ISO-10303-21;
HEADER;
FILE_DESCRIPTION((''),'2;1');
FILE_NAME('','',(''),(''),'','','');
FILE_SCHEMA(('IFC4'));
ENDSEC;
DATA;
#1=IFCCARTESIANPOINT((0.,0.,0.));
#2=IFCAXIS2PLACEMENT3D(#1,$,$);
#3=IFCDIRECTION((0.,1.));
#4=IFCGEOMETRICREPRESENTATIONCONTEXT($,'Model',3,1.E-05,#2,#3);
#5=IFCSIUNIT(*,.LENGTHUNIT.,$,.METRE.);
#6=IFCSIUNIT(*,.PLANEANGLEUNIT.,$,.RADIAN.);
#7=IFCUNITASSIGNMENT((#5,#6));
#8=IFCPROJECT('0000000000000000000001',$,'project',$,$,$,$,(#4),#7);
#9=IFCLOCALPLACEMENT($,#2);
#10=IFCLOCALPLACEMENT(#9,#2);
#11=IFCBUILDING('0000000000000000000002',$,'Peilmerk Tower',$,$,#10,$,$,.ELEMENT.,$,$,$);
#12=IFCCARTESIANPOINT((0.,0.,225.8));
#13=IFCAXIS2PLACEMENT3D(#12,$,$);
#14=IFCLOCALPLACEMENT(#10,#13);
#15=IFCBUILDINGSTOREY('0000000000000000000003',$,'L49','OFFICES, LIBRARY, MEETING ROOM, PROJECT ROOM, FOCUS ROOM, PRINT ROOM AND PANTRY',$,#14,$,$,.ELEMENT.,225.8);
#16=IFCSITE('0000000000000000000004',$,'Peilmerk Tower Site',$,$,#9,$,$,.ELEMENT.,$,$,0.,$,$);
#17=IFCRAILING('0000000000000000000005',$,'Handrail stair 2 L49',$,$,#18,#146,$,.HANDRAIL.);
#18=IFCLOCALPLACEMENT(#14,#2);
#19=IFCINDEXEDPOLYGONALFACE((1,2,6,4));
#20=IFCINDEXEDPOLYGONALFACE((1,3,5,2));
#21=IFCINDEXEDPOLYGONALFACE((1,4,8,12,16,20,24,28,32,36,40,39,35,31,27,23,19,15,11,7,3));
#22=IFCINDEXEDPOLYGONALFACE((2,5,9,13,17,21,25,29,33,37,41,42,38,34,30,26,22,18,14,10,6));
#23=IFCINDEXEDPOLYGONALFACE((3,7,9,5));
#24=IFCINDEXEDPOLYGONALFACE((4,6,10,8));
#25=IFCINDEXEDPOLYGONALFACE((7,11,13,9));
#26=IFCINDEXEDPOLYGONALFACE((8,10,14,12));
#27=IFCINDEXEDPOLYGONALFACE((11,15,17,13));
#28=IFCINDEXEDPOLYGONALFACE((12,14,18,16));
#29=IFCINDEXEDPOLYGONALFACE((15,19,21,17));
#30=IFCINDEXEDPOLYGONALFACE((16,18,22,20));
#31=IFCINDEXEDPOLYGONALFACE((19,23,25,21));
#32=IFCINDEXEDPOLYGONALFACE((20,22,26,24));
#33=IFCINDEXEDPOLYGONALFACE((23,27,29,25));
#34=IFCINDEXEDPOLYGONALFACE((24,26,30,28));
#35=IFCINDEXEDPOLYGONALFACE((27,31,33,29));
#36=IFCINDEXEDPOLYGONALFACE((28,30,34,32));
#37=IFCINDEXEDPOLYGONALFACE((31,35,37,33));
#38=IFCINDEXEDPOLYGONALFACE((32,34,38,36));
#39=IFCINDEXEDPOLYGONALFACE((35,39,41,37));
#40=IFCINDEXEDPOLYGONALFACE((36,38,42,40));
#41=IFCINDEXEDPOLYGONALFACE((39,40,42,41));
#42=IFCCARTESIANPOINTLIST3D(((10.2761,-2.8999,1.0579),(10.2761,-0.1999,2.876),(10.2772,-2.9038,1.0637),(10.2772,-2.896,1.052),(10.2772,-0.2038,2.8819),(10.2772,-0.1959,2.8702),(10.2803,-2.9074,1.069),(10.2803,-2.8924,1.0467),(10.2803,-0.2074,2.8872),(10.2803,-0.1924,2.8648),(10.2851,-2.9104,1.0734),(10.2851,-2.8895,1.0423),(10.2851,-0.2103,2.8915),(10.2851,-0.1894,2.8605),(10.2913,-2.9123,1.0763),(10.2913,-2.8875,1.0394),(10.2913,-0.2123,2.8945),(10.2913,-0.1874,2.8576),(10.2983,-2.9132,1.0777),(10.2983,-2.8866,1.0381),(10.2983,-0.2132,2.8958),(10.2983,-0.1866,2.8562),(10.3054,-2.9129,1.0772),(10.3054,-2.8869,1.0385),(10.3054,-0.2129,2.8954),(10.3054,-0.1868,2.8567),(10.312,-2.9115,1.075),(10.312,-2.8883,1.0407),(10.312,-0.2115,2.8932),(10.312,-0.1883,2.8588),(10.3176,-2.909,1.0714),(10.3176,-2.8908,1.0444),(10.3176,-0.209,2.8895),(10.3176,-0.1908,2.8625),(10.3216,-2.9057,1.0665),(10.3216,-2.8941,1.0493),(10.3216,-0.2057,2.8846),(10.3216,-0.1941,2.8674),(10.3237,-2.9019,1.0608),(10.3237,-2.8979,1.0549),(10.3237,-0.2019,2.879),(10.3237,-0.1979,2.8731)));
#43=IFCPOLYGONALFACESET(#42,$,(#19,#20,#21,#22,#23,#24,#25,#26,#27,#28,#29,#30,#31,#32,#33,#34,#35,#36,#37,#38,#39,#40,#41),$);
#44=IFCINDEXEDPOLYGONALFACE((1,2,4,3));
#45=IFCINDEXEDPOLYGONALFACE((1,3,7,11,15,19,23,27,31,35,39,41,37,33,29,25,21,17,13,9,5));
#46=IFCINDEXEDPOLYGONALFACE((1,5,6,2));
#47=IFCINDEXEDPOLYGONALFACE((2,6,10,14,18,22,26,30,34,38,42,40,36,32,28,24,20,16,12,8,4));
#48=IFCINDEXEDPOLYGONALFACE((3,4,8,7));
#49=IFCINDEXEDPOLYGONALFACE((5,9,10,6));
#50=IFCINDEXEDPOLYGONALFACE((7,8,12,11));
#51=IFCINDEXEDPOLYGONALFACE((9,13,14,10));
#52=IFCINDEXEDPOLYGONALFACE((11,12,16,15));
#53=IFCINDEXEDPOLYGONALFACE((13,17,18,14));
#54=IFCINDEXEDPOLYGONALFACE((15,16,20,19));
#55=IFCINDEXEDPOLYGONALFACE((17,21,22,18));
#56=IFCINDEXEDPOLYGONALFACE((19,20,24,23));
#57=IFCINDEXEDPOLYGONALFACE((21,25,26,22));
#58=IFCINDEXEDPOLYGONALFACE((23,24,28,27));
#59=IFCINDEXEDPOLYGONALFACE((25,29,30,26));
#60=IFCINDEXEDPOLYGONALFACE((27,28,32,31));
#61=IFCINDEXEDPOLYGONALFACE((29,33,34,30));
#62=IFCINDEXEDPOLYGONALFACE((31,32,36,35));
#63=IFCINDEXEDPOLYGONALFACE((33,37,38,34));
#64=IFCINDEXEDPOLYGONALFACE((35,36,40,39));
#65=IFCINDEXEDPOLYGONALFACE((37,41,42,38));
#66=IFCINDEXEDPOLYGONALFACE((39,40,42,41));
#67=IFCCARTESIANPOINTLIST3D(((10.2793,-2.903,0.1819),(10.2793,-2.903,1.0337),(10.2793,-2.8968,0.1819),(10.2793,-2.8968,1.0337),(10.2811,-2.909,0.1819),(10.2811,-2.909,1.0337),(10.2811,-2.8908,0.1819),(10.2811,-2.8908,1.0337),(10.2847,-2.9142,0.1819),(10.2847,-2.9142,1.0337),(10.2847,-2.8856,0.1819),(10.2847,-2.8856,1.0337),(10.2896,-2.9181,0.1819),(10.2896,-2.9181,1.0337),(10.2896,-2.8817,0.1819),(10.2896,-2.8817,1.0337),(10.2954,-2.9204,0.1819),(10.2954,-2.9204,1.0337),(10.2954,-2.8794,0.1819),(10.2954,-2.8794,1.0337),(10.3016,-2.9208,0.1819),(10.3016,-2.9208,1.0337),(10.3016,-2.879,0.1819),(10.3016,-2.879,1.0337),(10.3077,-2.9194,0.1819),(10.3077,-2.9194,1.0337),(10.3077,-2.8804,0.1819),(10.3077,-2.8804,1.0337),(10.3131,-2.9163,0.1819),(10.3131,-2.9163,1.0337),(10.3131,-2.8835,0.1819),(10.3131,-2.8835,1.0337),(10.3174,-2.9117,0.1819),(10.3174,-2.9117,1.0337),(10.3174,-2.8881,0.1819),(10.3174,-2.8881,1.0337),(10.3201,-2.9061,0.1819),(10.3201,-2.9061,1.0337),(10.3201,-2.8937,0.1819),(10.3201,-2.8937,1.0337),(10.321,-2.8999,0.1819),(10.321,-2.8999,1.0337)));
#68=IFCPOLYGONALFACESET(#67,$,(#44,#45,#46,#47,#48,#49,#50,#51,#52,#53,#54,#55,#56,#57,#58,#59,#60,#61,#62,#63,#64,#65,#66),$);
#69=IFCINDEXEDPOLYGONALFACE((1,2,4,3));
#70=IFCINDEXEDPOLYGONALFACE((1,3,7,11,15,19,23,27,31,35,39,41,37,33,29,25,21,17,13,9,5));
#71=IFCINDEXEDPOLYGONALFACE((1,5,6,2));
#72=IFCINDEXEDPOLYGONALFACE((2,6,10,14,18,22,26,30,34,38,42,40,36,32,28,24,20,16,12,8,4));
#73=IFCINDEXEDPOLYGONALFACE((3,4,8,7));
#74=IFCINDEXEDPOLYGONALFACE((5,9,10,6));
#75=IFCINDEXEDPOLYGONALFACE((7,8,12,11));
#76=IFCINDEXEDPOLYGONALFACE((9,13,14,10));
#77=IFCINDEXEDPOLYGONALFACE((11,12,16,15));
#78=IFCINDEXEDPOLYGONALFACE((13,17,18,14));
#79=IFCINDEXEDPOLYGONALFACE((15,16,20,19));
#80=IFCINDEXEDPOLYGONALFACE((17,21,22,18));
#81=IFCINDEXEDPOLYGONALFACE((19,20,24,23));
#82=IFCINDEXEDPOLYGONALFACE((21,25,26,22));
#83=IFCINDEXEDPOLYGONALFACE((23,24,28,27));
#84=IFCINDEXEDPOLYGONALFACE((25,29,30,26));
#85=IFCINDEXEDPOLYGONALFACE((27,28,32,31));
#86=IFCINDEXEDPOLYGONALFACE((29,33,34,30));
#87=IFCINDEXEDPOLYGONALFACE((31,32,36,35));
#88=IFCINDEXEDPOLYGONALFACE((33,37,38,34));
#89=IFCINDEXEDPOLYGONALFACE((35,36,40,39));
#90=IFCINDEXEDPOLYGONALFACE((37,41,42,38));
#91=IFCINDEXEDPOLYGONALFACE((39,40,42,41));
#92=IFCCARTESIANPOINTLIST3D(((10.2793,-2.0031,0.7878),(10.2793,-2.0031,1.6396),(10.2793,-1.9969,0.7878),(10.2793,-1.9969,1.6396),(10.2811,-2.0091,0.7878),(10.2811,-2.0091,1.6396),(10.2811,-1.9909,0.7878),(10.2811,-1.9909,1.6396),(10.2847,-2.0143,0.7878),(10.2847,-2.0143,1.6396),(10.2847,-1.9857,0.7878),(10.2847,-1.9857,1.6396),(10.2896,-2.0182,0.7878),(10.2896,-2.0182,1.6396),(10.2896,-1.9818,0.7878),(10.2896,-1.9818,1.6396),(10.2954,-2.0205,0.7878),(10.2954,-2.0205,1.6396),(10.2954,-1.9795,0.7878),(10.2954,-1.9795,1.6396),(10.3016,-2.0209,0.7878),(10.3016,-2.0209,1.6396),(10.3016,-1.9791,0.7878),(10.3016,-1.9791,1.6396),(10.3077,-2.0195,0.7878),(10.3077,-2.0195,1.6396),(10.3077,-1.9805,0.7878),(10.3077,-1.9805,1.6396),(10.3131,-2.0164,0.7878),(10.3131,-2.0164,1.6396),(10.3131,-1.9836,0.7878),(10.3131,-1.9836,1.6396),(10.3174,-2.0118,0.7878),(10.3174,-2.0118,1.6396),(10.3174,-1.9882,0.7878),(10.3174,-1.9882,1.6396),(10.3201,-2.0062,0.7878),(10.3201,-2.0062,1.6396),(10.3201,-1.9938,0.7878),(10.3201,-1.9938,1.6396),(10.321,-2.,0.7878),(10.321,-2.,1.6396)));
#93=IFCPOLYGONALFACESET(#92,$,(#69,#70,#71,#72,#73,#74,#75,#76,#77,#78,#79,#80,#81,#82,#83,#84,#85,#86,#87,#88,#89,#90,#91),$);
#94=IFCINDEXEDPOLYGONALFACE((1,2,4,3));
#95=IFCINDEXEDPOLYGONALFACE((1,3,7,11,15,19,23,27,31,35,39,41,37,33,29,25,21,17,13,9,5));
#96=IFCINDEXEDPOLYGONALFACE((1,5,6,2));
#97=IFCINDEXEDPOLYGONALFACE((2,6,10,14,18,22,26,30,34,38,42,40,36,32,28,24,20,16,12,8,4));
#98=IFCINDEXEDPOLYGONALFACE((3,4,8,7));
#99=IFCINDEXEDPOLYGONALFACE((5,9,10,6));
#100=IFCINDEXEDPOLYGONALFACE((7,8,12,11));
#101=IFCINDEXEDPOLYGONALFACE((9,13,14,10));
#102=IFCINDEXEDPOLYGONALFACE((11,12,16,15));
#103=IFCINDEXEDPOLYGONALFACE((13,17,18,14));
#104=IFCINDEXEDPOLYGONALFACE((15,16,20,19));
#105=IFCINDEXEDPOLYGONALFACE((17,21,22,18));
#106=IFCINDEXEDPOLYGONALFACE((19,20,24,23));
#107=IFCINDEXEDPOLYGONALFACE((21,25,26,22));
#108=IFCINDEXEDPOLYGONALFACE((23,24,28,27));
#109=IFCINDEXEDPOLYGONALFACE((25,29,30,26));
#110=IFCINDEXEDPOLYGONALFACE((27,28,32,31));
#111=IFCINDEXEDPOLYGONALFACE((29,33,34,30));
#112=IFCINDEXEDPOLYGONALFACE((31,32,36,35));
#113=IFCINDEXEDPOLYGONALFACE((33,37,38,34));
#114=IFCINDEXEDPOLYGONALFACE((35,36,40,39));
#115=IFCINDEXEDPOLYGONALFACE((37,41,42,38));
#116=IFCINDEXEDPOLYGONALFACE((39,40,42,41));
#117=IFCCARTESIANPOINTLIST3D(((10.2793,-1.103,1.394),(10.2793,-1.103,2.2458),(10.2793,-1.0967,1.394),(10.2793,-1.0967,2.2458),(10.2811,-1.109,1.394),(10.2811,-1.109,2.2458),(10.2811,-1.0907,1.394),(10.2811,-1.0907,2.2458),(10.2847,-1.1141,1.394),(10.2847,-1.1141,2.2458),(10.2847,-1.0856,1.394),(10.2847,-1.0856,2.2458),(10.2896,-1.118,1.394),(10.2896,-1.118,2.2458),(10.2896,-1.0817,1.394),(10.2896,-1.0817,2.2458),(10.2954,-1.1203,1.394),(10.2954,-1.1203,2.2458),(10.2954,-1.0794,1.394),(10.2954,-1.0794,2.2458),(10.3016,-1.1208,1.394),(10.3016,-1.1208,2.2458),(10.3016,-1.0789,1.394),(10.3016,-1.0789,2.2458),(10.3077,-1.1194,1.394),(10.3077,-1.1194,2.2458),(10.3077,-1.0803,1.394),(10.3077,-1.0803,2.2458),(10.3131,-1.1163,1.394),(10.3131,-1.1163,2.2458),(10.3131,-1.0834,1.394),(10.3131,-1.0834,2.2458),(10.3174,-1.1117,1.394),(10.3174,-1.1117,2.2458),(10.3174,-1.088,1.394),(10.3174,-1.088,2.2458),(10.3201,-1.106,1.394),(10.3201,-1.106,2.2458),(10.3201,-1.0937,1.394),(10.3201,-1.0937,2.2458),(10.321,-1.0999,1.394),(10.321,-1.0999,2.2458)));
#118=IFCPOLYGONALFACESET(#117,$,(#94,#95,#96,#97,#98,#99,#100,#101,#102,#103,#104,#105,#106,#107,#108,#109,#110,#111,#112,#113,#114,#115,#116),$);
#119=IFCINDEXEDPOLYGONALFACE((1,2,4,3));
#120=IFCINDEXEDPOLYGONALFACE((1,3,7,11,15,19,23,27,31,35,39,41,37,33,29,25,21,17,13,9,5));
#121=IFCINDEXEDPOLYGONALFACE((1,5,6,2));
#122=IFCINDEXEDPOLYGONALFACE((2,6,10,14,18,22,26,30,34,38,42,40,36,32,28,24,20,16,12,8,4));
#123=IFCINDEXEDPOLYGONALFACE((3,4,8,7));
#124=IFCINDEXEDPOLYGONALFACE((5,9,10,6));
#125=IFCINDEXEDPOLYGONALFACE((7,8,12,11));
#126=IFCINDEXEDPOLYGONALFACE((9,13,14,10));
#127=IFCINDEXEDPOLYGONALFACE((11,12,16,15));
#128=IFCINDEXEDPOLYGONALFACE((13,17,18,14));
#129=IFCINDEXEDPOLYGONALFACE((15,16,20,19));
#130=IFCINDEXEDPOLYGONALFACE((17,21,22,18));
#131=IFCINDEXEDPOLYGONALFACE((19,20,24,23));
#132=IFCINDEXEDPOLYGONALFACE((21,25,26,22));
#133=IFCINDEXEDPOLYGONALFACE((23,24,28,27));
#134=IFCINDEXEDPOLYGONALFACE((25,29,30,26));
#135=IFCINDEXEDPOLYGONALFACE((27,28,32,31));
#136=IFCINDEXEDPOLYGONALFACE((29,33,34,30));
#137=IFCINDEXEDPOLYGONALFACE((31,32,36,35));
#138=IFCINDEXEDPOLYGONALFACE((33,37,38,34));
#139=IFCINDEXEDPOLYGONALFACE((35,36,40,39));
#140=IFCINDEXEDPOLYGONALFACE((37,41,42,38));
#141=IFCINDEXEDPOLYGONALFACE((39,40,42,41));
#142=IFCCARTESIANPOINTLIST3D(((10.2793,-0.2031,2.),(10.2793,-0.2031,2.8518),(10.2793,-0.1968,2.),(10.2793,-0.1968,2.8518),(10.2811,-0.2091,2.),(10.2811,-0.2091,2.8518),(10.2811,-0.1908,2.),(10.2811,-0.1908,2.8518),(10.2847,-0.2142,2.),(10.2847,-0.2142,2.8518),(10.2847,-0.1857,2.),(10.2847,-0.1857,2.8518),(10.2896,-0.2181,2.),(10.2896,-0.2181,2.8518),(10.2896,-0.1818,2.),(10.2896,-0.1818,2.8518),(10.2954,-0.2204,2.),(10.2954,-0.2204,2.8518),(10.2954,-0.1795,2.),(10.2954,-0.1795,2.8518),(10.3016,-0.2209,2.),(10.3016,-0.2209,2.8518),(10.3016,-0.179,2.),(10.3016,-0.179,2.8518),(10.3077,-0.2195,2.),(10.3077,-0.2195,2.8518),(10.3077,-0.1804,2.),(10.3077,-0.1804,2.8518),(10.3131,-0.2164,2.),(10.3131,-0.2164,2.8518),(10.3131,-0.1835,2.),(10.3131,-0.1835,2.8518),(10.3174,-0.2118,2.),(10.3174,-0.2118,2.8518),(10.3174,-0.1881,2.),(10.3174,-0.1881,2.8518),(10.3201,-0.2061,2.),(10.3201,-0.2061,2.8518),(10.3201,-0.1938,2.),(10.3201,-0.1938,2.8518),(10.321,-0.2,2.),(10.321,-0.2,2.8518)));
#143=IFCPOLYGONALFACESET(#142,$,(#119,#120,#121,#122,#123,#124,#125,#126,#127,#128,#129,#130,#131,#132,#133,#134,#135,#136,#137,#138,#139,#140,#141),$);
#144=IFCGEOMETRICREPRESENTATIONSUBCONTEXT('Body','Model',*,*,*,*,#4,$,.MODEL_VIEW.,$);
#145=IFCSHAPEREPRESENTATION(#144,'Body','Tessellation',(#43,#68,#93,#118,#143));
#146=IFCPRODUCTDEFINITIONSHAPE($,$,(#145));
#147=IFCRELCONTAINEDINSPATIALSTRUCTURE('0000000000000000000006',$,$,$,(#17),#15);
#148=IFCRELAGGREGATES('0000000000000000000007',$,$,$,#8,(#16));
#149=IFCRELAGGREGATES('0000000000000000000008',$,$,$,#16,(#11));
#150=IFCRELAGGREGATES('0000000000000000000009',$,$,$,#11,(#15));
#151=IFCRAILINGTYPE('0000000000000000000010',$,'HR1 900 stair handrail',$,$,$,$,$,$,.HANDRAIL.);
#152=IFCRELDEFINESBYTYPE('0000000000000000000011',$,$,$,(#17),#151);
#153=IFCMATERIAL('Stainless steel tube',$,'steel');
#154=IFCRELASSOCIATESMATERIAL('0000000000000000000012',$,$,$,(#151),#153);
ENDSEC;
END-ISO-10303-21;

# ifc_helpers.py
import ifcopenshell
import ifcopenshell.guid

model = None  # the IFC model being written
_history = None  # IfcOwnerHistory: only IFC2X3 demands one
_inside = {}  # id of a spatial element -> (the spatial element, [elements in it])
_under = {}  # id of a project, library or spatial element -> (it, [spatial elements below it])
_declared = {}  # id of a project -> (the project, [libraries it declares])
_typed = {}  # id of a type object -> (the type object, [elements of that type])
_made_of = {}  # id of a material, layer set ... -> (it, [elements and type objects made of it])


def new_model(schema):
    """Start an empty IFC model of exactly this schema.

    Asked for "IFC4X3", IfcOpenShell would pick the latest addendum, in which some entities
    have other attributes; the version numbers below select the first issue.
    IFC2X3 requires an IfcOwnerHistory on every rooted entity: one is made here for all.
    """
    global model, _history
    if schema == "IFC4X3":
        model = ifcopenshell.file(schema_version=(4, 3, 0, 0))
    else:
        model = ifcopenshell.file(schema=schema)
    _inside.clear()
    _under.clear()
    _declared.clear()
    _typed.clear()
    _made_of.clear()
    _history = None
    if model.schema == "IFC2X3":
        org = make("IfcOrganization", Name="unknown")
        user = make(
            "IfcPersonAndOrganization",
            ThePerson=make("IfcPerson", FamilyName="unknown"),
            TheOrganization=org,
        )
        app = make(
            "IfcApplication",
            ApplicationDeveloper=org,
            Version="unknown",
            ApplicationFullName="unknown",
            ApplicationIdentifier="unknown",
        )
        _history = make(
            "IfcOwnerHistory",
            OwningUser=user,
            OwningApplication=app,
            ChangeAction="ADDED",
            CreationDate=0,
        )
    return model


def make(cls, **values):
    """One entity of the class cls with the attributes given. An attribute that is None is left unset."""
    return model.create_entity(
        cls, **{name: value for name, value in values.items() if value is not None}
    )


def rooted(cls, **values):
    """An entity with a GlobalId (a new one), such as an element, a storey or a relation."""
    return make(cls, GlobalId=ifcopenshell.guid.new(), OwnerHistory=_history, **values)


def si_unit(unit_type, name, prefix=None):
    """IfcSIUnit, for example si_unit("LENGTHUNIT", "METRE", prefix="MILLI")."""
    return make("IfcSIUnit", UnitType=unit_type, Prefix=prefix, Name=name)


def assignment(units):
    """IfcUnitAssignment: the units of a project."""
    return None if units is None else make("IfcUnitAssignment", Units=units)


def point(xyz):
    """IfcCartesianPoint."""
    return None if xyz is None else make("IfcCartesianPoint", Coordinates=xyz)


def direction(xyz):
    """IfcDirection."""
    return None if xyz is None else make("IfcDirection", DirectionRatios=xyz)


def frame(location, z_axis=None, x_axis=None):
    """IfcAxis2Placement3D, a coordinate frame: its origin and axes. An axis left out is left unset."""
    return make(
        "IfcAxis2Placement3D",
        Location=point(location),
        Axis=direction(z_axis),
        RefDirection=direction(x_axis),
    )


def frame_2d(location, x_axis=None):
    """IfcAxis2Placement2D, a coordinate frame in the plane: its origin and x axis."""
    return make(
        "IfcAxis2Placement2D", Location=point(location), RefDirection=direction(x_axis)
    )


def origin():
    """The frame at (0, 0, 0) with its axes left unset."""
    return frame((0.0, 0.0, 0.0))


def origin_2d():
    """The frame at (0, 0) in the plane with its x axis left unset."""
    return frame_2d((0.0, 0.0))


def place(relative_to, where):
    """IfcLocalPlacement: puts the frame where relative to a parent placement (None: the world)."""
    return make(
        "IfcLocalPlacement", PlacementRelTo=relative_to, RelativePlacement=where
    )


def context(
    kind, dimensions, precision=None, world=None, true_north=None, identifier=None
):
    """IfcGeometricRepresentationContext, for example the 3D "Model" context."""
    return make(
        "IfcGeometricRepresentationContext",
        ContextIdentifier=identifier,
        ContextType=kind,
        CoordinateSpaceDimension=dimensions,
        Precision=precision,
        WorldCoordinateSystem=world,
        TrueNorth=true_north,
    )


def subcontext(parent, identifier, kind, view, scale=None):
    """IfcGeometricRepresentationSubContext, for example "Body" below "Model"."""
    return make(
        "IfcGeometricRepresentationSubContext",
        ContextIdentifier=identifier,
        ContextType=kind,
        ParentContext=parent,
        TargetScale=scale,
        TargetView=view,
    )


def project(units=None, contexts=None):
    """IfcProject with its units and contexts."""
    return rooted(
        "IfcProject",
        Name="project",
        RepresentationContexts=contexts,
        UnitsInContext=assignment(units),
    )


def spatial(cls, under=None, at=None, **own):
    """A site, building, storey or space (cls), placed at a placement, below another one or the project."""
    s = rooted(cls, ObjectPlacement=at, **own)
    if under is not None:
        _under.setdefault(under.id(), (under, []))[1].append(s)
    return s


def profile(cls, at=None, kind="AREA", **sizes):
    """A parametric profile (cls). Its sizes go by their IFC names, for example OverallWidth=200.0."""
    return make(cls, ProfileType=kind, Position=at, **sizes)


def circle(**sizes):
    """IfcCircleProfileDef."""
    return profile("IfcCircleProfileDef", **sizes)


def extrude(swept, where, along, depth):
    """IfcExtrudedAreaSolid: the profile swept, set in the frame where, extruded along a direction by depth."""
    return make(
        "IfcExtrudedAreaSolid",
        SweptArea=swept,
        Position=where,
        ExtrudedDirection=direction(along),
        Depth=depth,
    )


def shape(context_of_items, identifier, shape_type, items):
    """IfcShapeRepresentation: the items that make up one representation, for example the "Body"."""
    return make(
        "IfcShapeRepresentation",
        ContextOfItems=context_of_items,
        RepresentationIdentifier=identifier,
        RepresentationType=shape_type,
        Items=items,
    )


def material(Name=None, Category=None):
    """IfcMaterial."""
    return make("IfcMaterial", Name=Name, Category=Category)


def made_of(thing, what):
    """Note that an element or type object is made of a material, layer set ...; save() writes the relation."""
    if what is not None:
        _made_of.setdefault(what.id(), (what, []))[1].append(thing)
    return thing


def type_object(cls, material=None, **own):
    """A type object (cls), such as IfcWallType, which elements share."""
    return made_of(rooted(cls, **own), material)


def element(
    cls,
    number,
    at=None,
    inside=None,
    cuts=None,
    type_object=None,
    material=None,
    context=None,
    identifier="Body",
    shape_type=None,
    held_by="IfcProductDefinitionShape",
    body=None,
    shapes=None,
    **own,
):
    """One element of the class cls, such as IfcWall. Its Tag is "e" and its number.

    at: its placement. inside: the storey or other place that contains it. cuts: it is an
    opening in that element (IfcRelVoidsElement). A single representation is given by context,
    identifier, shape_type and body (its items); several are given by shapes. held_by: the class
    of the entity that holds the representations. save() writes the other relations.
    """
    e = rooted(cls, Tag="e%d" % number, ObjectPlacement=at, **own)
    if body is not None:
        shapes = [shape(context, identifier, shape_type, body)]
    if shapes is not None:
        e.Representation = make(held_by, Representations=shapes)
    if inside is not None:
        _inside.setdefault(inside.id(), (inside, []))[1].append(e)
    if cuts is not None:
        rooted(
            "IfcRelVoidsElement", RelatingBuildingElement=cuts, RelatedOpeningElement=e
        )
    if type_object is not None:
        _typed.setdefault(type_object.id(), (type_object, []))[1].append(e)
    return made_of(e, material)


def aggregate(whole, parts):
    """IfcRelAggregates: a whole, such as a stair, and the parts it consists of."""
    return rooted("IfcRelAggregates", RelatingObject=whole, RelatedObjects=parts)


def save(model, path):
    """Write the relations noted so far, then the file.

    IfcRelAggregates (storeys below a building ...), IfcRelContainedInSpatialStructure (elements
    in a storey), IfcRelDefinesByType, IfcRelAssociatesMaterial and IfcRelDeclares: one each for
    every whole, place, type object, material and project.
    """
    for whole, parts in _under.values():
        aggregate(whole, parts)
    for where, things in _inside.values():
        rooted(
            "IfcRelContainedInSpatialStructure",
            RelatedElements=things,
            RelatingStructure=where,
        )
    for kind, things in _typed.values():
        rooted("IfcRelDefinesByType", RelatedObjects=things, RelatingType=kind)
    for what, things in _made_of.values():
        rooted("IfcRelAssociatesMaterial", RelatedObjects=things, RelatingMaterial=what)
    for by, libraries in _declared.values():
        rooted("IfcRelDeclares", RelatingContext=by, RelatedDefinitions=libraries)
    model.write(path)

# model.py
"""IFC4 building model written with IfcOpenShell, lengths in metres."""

from ifc_helpers import new_model, si_unit, direction, frame, origin, origin_2d, place, context, subcontext, project, spatial, circle, extrude, material, type_object, element, save


model = new_model("IFC4")

# Units and contexts
model_context = context("Model", 3, precision=1e-05, world=origin(), true_north=direction((0.0, 1.0)))
body_context = subcontext(model_context, "Body", "Model", "MODEL_VIEW")
ifc_project = project(units=[si_unit("LENGTHUNIT", "METRE"), si_unit("PLANEANGLEUNIT", "RADIAN")], contexts=[model_context])

# Site, building, storey
site_placement = place(None, origin())
site = spatial("IfcSite", under=ifc_project, at=site_placement, Name="Peilmerk Tower Site", CompositionType="ELEMENT", RefElevation=0.0)
building_placement = place(site_placement, origin())
building = spatial("IfcBuilding", under=site, at=building_placement, Name="Peilmerk Tower", CompositionType="ELEMENT")
storey_placement = place(building_placement, frame((0.0, 0.0, 225.8)))
storey = spatial("IfcBuildingStorey", under=building, at=storey_placement, Name="L49", Description="OFFICES, LIBRARY, MEETING ROOM, PROJECT ROOM, FOCUS ROOM, PRINT ROOM AND PANTRY", CompositionType="ELEMENT", Elevation=225.8)

# Railing
ifc_material_1 = material(Name="Stainless steel tube", Category="steel")
railing_type_1 = type_object("IfcRailingType", Name="HR1 900 stair handrail", PredefinedType="HANDRAIL", material=ifc_material_1)
railing_1_placement = place(storey_placement, frame((10.3, -2.8999, 0.1819)))
element("IfcRailing", 1, at=railing_1_placement, inside=storey, type_object=railing_type_1, Name="Handrail stair 2 L49", PredefinedType="HANDRAIL", context=body_context, shape_type="SweptSolid", body=[
    extrude(circle(Radius=0.0239, at=origin_2d()), frame((0.0, 0.0, 0.876), z_axis=(0.0, 0.829468, 0.558554), x_axis=(-1.0, 0.0, 0.0)), (0.0, 0.0, 1.0), 3.2551),
    extrude(circle(Radius=0.021, at=origin_2d()), origin(), (0.0, 0.0, 1.0), 0.8518),
    extrude(circle(Radius=0.021, at=origin_2d()), frame((0.0, 0.8999, 0.606)), (0.0, 0.0, 1.0), 0.8518),
    extrude(circle(Radius=0.021, at=origin_2d()), frame((0.0, 1.8, 1.2122)), (0.0, 0.0, 1.0), 0.8518),
    extrude(circle(Radius=0.021, at=origin_2d()), frame((0.0, 2.7, 1.8181)), (0.0, 0.0, 1.0), 0.8518),
])

save(model, "model.ifc")
